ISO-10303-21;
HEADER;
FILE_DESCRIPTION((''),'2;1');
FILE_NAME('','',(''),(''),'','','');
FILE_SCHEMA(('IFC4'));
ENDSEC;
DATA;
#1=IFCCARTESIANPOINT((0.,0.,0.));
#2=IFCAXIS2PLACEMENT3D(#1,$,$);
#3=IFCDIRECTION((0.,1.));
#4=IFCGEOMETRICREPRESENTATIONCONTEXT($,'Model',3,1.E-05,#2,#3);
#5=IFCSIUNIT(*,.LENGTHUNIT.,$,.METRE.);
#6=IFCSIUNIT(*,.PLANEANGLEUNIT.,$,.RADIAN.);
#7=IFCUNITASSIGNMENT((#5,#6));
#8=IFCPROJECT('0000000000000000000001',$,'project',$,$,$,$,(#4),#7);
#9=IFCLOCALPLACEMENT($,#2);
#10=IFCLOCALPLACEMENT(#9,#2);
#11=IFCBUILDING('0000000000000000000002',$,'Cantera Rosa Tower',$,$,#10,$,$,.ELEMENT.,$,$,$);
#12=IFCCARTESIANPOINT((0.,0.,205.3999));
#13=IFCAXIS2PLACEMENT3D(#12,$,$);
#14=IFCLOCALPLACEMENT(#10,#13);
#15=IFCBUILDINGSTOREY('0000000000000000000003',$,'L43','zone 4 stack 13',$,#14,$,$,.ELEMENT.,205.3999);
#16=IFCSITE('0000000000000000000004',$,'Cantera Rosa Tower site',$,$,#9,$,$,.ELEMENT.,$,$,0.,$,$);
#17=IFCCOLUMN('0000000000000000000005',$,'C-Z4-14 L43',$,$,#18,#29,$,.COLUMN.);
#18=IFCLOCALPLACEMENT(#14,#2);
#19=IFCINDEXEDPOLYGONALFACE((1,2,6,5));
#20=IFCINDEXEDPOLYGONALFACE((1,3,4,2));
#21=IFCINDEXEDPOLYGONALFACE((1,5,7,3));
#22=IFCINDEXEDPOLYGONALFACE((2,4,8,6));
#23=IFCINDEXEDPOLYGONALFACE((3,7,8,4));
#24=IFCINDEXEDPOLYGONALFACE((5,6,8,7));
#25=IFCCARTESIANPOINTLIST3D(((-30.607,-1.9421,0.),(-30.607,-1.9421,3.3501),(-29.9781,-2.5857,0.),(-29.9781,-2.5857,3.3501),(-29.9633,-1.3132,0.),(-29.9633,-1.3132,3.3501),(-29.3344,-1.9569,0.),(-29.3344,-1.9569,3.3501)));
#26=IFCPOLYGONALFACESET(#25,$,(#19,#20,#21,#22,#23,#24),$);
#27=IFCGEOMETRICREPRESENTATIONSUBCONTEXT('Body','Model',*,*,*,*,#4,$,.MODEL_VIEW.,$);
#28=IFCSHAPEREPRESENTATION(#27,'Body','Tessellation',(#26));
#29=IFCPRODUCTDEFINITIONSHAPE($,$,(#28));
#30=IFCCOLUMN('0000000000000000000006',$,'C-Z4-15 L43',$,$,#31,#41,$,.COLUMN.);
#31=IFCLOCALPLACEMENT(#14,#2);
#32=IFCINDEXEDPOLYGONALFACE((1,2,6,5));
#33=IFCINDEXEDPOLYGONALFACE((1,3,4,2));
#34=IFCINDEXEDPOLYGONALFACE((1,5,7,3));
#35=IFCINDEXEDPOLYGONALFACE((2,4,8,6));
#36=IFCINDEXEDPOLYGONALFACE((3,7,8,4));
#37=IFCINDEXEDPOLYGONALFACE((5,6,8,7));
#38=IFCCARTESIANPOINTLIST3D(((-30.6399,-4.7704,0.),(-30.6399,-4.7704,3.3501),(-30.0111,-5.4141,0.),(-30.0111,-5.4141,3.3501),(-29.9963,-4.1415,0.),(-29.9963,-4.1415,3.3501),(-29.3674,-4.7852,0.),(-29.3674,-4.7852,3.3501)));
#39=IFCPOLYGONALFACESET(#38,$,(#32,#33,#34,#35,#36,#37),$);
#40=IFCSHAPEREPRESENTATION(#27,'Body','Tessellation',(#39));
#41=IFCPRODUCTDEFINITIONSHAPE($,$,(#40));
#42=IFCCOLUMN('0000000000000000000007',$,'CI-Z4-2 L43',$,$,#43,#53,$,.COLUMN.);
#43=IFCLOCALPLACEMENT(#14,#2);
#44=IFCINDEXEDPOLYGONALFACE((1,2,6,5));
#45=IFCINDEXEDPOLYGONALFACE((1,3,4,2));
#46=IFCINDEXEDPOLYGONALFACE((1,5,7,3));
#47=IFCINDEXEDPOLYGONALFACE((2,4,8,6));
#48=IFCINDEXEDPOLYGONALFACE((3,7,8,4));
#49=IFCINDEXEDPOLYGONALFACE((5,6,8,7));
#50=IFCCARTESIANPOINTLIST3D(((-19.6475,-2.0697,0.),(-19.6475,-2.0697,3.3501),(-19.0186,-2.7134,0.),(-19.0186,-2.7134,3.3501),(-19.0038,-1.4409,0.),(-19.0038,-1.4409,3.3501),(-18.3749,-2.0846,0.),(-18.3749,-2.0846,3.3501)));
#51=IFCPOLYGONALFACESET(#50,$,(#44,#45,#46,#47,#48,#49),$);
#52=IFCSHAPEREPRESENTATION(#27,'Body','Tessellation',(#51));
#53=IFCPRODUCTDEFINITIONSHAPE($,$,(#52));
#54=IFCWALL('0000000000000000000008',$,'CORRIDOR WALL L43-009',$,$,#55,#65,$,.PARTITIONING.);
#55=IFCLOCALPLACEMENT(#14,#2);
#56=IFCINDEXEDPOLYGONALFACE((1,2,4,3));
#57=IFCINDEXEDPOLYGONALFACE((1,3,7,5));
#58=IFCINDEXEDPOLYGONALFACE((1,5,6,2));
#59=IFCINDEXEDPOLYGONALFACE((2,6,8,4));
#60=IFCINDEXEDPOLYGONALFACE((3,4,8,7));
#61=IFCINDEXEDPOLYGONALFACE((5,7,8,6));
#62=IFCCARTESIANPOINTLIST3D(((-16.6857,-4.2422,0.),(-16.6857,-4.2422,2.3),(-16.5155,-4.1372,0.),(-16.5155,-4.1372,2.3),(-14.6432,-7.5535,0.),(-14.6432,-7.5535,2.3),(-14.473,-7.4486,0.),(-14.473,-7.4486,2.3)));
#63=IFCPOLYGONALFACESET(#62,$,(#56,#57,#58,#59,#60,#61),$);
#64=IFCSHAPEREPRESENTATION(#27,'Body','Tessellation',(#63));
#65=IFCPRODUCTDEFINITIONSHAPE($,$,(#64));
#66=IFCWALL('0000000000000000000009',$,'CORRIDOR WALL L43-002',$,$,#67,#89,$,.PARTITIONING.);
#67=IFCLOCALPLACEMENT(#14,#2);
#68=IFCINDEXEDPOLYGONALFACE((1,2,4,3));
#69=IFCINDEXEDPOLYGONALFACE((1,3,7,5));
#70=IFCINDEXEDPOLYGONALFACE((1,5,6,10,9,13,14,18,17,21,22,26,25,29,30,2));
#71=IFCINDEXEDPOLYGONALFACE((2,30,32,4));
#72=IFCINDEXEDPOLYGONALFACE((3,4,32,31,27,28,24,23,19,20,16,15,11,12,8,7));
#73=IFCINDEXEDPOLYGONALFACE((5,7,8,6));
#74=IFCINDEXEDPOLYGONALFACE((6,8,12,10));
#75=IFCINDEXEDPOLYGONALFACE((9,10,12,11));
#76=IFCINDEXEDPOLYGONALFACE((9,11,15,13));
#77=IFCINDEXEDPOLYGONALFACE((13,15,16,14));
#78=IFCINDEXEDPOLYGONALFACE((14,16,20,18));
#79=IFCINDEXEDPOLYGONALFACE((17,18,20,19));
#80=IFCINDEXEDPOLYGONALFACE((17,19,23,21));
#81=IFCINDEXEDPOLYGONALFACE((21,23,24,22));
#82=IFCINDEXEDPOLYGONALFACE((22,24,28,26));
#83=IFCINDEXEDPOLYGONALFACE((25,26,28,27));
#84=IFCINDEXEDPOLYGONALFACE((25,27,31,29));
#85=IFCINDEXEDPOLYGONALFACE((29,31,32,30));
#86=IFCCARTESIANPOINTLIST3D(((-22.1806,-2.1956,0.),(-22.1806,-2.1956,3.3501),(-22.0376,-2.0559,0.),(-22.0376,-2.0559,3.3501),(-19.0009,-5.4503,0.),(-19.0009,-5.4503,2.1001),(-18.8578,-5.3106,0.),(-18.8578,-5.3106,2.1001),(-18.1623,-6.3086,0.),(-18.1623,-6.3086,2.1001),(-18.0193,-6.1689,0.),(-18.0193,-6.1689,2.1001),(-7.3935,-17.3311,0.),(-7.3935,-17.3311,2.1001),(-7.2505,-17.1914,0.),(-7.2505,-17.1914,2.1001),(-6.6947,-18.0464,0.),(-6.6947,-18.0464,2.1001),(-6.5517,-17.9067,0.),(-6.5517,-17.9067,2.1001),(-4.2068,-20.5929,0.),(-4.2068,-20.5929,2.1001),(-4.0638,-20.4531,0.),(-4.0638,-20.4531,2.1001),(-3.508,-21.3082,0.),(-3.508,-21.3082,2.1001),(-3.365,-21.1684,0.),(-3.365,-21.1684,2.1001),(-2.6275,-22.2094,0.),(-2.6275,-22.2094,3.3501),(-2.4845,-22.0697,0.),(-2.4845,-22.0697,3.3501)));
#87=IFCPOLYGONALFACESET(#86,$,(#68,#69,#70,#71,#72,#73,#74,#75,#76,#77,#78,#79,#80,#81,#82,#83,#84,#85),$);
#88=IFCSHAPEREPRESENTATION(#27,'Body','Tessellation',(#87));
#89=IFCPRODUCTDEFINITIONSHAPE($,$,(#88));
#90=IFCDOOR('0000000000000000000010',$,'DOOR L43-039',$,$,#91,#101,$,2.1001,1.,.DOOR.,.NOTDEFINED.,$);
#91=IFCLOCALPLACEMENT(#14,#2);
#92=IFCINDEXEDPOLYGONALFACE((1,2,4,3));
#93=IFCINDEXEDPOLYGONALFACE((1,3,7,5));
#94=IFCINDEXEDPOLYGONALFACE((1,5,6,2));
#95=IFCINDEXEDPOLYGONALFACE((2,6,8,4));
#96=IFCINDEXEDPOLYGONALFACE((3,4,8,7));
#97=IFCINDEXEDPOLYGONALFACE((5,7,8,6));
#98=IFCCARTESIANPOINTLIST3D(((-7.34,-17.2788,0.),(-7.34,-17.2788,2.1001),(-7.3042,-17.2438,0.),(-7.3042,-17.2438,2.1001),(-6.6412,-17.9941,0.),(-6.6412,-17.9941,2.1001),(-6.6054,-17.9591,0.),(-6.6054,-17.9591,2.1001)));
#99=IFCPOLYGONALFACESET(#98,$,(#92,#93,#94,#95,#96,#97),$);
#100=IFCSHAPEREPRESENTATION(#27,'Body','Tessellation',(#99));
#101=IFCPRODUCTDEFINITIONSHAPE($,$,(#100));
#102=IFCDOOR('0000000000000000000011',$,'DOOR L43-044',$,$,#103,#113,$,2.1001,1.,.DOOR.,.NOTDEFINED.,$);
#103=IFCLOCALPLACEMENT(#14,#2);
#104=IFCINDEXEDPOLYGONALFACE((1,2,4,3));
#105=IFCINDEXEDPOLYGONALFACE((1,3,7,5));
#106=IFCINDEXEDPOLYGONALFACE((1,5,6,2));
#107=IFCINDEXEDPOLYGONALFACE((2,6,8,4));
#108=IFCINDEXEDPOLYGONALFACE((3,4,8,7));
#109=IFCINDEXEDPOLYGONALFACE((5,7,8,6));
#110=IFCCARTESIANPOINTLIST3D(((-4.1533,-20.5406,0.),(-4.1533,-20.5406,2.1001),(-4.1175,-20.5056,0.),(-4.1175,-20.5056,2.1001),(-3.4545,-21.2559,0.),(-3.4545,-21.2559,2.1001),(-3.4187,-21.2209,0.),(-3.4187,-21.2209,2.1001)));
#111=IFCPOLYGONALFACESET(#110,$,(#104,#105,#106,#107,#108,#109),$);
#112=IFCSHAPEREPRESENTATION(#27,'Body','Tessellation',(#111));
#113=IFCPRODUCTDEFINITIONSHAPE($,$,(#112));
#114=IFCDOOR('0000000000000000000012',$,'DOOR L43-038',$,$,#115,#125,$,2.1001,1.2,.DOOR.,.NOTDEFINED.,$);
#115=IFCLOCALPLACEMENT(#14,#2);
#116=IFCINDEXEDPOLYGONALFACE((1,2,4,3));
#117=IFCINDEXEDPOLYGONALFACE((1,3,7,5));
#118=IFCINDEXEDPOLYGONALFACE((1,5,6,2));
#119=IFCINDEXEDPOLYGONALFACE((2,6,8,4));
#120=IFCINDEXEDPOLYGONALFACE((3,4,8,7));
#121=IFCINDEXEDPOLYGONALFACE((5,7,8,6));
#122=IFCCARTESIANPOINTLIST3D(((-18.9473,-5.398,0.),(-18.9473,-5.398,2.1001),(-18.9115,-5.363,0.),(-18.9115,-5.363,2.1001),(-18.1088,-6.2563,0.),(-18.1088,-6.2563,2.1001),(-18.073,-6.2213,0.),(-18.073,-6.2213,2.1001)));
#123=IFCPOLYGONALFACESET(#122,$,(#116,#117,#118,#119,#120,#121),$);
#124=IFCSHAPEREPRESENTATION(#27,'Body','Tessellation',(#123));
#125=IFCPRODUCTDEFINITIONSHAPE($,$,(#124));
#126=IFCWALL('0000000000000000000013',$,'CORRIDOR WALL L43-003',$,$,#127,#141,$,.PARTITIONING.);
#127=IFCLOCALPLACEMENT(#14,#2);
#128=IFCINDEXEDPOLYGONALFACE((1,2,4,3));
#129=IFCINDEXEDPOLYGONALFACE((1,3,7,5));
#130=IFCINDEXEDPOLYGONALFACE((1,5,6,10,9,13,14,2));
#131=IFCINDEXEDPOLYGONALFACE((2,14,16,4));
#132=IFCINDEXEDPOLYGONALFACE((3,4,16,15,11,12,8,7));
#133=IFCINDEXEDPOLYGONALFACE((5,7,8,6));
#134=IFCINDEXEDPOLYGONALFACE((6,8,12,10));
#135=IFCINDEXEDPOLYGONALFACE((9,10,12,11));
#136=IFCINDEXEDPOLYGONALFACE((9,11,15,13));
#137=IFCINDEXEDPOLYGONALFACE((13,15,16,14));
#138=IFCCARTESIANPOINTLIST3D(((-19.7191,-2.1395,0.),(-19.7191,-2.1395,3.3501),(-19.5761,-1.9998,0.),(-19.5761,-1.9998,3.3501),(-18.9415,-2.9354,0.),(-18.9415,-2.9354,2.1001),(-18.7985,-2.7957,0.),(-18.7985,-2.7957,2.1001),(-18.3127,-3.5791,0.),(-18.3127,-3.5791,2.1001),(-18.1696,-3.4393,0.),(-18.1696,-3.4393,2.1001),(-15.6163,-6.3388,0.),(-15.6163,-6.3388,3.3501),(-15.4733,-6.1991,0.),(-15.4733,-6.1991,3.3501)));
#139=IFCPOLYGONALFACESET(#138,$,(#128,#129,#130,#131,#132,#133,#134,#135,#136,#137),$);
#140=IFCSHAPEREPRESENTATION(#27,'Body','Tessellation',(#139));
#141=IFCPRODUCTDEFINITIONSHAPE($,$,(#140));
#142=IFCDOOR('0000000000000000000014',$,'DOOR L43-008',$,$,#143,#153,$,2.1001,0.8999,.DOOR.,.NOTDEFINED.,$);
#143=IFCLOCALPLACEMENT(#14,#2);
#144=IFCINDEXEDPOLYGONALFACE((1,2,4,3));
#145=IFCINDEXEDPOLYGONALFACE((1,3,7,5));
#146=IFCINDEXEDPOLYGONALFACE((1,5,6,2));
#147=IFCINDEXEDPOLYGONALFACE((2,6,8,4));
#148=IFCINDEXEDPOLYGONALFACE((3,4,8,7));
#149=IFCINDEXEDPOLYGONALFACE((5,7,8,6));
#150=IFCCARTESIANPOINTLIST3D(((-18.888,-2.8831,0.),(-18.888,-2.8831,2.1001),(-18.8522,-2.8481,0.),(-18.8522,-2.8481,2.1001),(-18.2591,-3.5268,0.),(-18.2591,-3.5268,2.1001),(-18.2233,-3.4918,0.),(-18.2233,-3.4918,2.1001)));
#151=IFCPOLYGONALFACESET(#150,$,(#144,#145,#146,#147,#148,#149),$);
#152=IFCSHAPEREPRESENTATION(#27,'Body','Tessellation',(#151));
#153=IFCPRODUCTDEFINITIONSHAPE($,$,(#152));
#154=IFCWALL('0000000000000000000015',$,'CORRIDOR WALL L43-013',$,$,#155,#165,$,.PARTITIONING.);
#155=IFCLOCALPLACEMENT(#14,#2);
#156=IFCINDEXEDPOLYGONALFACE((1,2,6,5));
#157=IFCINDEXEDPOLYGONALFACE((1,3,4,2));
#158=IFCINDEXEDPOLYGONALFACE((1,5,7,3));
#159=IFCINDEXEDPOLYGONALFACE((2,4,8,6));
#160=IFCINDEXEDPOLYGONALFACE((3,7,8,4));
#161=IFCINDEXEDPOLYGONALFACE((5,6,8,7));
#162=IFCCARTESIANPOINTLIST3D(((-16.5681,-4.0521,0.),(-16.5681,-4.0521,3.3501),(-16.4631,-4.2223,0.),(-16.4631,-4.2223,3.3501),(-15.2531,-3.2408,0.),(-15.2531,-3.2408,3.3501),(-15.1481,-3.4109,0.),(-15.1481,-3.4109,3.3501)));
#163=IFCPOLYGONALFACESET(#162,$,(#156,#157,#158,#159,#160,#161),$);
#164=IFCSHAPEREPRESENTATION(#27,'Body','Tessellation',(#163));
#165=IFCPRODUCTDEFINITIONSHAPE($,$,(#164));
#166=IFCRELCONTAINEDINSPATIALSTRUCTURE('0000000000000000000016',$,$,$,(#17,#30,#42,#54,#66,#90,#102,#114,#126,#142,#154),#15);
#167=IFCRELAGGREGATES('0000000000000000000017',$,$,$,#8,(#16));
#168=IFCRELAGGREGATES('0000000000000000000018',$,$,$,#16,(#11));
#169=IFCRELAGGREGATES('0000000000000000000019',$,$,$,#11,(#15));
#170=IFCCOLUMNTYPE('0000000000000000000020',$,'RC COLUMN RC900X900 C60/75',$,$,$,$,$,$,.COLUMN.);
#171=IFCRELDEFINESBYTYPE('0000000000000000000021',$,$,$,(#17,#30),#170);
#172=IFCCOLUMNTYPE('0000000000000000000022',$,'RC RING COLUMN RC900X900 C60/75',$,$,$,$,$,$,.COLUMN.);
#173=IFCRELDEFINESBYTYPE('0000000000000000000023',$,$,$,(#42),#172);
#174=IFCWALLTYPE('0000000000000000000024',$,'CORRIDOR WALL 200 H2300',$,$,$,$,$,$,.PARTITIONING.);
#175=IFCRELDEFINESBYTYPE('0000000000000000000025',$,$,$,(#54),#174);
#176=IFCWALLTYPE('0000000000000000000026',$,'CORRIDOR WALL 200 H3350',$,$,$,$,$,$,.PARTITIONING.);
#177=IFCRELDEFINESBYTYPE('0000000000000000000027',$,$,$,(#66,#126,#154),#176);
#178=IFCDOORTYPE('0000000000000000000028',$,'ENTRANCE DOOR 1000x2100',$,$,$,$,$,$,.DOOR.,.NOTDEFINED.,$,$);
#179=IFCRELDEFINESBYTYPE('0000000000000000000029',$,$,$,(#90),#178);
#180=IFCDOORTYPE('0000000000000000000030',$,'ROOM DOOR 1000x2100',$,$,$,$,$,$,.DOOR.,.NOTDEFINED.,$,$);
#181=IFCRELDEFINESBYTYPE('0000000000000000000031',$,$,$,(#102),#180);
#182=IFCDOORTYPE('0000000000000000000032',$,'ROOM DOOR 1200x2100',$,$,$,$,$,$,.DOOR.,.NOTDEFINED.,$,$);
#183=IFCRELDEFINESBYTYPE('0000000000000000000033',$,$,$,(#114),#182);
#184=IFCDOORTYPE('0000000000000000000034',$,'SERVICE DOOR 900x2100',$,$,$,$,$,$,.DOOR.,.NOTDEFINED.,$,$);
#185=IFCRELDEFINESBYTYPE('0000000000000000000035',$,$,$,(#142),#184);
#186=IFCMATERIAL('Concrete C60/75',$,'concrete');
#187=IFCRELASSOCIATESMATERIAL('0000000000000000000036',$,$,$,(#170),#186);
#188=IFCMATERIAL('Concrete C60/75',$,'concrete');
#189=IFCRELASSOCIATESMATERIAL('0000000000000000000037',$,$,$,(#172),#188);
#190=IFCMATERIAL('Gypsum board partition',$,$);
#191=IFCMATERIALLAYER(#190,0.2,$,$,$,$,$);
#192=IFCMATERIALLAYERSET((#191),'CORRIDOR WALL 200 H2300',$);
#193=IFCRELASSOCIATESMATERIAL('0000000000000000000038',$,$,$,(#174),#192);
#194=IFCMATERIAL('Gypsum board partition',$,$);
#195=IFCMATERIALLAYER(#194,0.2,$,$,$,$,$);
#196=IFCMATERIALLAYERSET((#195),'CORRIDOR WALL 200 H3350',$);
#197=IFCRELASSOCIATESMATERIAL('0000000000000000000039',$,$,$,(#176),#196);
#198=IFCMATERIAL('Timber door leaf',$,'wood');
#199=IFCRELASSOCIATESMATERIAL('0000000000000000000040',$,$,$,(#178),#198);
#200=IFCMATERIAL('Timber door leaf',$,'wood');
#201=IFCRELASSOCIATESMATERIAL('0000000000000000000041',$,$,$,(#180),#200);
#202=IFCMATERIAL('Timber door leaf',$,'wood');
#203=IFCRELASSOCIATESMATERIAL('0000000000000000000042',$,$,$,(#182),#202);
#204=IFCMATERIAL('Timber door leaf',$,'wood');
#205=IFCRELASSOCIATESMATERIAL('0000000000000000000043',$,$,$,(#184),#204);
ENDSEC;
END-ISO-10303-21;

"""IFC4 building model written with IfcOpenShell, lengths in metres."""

from ifc_helpers import new_model, si_unit, direction, frame, frame_2d, origin, origin_2d, place, context, subcontext, project, spatial, rectangle, extrude, material, layer, layer_set, material_profile, profile_set, type_object, element, fill, save


model = new_model("IFC4")

# Units and contexts
model_context = context("Model", 3, precision=1e-05, world=origin(), true_north=direction((0.0, 1.0)))
body_context = subcontext(model_context, "Body", "Model", "MODEL_VIEW")
ifc_project = project(units=[si_unit("LENGTHUNIT", "METRE"), si_unit("PLANEANGLEUNIT", "RADIAN")], contexts=[model_context])

# Site, building, storey
site_placement = place(None, origin())
site = spatial("IfcSite", under=ifc_project, at=site_placement, Name="Cantera Rosa Tower site", CompositionType="ELEMENT", RefElevation=0.0)
building_placement = place(site_placement, origin())
building = spatial("IfcBuilding", under=site, at=building_placement, Name="Cantera Rosa Tower", CompositionType="ELEMENT")
storey_placement = place(building_placement, frame((0.0, 0.0, 205.3999)))
storey = spatial("IfcBuildingStorey", under=building, at=storey_placement, Name="L43", Description="zone 4 stack 13", CompositionType="ELEMENT", Elevation=205.3999)

# Columns
ifc_material_1 = material(Name="Concrete C60/75", Category="concrete")
ifc_material_profile_1 = material_profile(ifc_material_1, rectangle(XDim=0.8999, YDim=0.8999, at=origin_2d()), Name="RC COLUMN RC900X900 C60/75")
ifc_profile_set_1 = profile_set([ifc_material_profile_1], Name="Concrete C60/75")
column_type_1 = type_object("IfcColumnType", Name="RC COLUMN RC900X900 C60/75", PredefinedType="COLUMN", material=ifc_profile_set_1)
for number, where, z_axis, x_axis, name in (
    (1, (-29.9707, -1.9495, 0.0), (0.0, 0.0, 1.0), (0.715286, 0.698832, 0.0), "C-Z4-14 L43"),
    (2, (-30.0037, -4.7778, 0.0), (0.0, 0.0, 1.0), (0.715286, 0.698832, 0.0), "C-Z4-15 L43"),
):
    element("IfcColumn", number, at=place(storey_placement, frame(where, z_axis=z_axis, x_axis=x_axis)), inside=storey, type_object=column_type_1, Name=name, PredefinedType="COLUMN", context=body_context, shape_type="SweptSolid", body=[
        extrude(rectangle(XDim=0.8999, YDim=0.8999, at=origin_2d()), origin(), (0.0, 0.0, 1.0), 3.3501),
    ])
ifc_material_2 = material(Name="Concrete C60/75", Category="concrete")
ifc_material_profile_2 = material_profile(ifc_material_2, rectangle(XDim=0.8999, YDim=0.8999, at=origin_2d()), Name="RC RING COLUMN RC900X900 C60/75")
ifc_profile_set_2 = profile_set([ifc_material_profile_2], Name="Concrete C60/75")
column_type_2 = type_object("IfcColumnType", Name="RC RING COLUMN RC900X900 C60/75", PredefinedType="COLUMN", material=ifc_profile_set_2)
column_placement = place(storey_placement, frame((-19.0112, -2.0771, 0.0), z_axis=(0.0, 0.0, 1.0), x_axis=(0.715286, 0.698832, 0.0)))
element("IfcColumn", 3, at=column_placement, inside=storey, type_object=column_type_2, Name="CI-Z4-2 L43", PredefinedType="COLUMN", context=body_context, shape_type="SweptSolid", body=[
    extrude(rectangle(XDim=0.8999, YDim=0.8999, at=origin_2d()), origin(), (0.0, 0.0, 1.0), 3.3501),
])

# Wall
ifc_material_3 = material(Name="Gypsum board partition")
ifc_layer_1 = layer(ifc_material_3, 0.2)
ifc_layer_set_1 = layer_set([ifc_layer_1], Name="CORRIDOR WALL 200 H2300")
wall_type_1 = type_object("IfcWallType", Name="CORRIDOR WALL 200 H2300", PredefinedType="PARTITIONING", material=ifc_layer_set_1)
wall_1_placement = place(storey_placement, frame((-16.6006, -4.1897, 0.0), z_axis=(0.0, 0.0, 1.0), x_axis=(0.524986, -0.851111, 0.0)))
element("IfcWall", 4, at=wall_1_placement, inside=storey, type_object=wall_type_1, Name="CORRIDOR WALL L43-009", PredefinedType="PARTITIONING", context=body_context, shape_type="SweptSolid", body=[
    extrude(rectangle(XDim=3.8906, YDim=0.2, at=frame_2d((1.9453, 0.0))), origin(), (0.0, 0.0, 1.0), 2.3),
])

# Wall, openings, doors
ifc_material_4 = material(Name="Gypsum board partition")
ifc_layer_2 = layer(ifc_material_4, 0.2)
ifc_layer_set_2 = layer_set([ifc_layer_2], Name="CORRIDOR WALL 200 H3350")
wall_type_2 = type_object("IfcWallType", Name="CORRIDOR WALL 200 H3350", PredefinedType="PARTITIONING", material=ifc_layer_set_2)
wall_2_placement = place(storey_placement, frame((-22.1091, -2.1257, 0.0), z_axis=(0.0, 0.0, 1.0), x_axis=(0.698826, -0.715291, 0.0)))
wall_2 = element("IfcWall", 5, at=wall_2_placement, inside=storey, type_object=wall_type_2, Name="CORRIDOR WALL L43-002", PredefinedType="PARTITIONING", context=body_context, shape_type="SweptSolid", body=[
    extrude(rectangle(XDim=27.98, YDim=0.2, at=frame_2d((13.99, 0.0))), origin(), (0.0, 0.0, 1.0), 3.3501),
])
opening_1_placement = place(wall_2_placement, frame((4.55, 0.0, 0.0)))
opening_1 = element("IfcOpeningElement", 6, at=opening_1_placement, cuts=wall_2, PredefinedType="OPENING", context=body_context, shape_type="SweptSolid", body=[
    extrude(rectangle(XDim=1.2, YDim=2.1001, at=frame_2d((0.6001, 1.05))), frame((0.0, 0.1099, 0.0), z_axis=(0.0, -1.0, 0.0), x_axis=(1.0, 0.0, 0.0)), (0.0, 0.0, 1.0), 0.22),
])
opening_2_placement = place(wall_2_placement, frame((21.1599, 0.0, 0.0)))
opening_2 = element("IfcOpeningElement", 7, at=opening_2_placement, cuts=wall_2, PredefinedType="OPENING", context=body_context, shape_type="SweptSolid", body=[
    extrude(rectangle(XDim=1.0, YDim=2.1001, at=frame_2d((0.5, 1.05))), frame((0.0, 0.1099, 0.0), z_axis=(0.0, -1.0, 0.0), x_axis=(1.0, 0.0, 0.0)), (0.0, 0.0, 1.0), 0.22),
])
opening_3_placement = place(wall_2_placement, frame((25.72, 0.0, 0.0)))
opening_3 = element("IfcOpeningElement", 8, at=opening_3_placement, cuts=wall_2, PredefinedType="OPENING", context=body_context, shape_type="SweptSolid", body=[
    extrude(rectangle(XDim=1.0, YDim=2.1001, at=frame_2d((0.5, 1.05))), frame((0.0, 0.1099, 0.0), z_axis=(0.0, -1.0, 0.0), x_axis=(1.0, 0.0, 0.0)), (0.0, 0.0, 1.0), 0.22),
])
ifc_material_5 = material(Name="Timber door leaf", Category="wood")
door_type_1 = type_object("IfcDoorType", Name="ENTRANCE DOOR 1000x2100", OperationType="NOTDEFINED", PredefinedType="DOOR", material=ifc_material_5)
door_1_placement = place(opening_2_placement, origin())
door_1 = element("IfcDoor", 9, at=door_1_placement, inside=storey, type_object=door_type_1, Name="DOOR L43-039", OperationType="NOTDEFINED", OverallHeight=2.1001, OverallWidth=1.0, PredefinedType="DOOR", context=body_context, shape_type="SweptSolid", body=[
    extrude(rectangle(XDim=1.0, YDim=2.1001, at=frame_2d((0.5, 1.05))), frame((0.0, 0.0249, 0.0), z_axis=(0.0, -1.0, 0.0), x_axis=(1.0, 0.0, 0.0)), (0.0, 0.0, 1.0), 0.05),
])
fill(opening_2, door_1)
ifc_material_6 = material(Name="Timber door leaf", Category="wood")
door_type_2 = type_object("IfcDoorType", Name="ROOM DOOR 1000x2100", OperationType="NOTDEFINED", PredefinedType="DOOR", material=ifc_material_6)
door_2_placement = place(opening_3_placement, origin())
door_2 = element("IfcDoor", 10, at=door_2_placement, inside=storey, type_object=door_type_2, Name="DOOR L43-044", OperationType="NOTDEFINED", OverallHeight=2.1001, OverallWidth=1.0, PredefinedType="DOOR", context=body_context, shape_type="SweptSolid", body=[
    extrude(rectangle(XDim=1.0, YDim=2.1001, at=frame_2d((0.5, 1.05))), frame((0.0, 0.0249, 0.0), z_axis=(0.0, -1.0, 0.0), x_axis=(1.0, 0.0, 0.0)), (0.0, 0.0, 1.0), 0.05),
])
fill(opening_3, door_2)
ifc_material_7 = material(Name="Timber door leaf", Category="wood")
door_type_3 = type_object("IfcDoorType", Name="ROOM DOOR 1200x2100", OperationType="NOTDEFINED", PredefinedType="DOOR", material=ifc_material_7)
door_3_placement = place(opening_1_placement, origin())
door_3 = element("IfcDoor", 11, at=door_3_placement, inside=storey, type_object=door_type_3, Name="DOOR L43-038", OperationType="NOTDEFINED", OverallHeight=2.1001, OverallWidth=1.2, PredefinedType="DOOR", context=body_context, shape_type="SweptSolid", body=[
    extrude(rectangle(XDim=1.2, YDim=2.1001, at=frame_2d((0.6001, 1.05))), frame((0.0, 0.0249, 0.0), z_axis=(0.0, -1.0, 0.0), x_axis=(1.0, 0.0, 0.0)), (0.0, 0.0, 1.0), 0.05),
])
fill(opening_1, door_3)

# Wall, opening, door
wall_3_placement = place(storey_placement, frame((-19.6477, -2.0696, 0.0), z_axis=(0.0, 0.0, 1.0), x_axis=(0.698846, -0.715272, 0.0)))
wall_3 = element("IfcWall", 12, at=wall_3_placement, inside=storey, type_object=wall_type_2, Name="CORRIDOR WALL L43-003", PredefinedType="PARTITIONING", context=body_context, shape_type="SweptSolid", body=[
    extrude(rectangle(XDim=5.8708, YDim=0.2, at=frame_2d((2.9355, 0.0))), origin(), (0.0, 0.0, 1.0), 3.3501),
])
opening_4_placement = place(wall_3_placement, frame((1.1128, 0.0, 0.0)))
opening_4 = element("IfcOpeningElement", 13, at=opening_4_placement, cuts=wall_3, PredefinedType="OPENING", context=body_context, shape_type="SweptSolid", body=[
    extrude(rectangle(XDim=0.8999, YDim=2.1001, at=frame_2d((0.45, 1.05))), frame((0.0, 0.1099, 0.0), z_axis=(0.0, -1.0, 0.0), x_axis=(1.0, 0.0, 0.0)), (0.0, 0.0, 1.0), 0.22),
])
ifc_material_8 = material(Name="Timber door leaf", Category="wood")
door_type_4 = type_object("IfcDoorType", Name="SERVICE DOOR 900x2100", OperationType="NOTDEFINED", PredefinedType="DOOR", material=ifc_material_8)
door_4_placement = place(opening_4_placement, origin())
door_4 = element("IfcDoor", 14, at=door_4_placement, inside=storey, type_object=door_type_4, Name="DOOR L43-008", OperationType="NOTDEFINED", OverallHeight=2.1001, OverallWidth=0.8999, PredefinedType="DOOR", context=body_context, shape_type="SweptSolid", body=[
    extrude(rectangle(XDim=0.8999, YDim=2.1001, at=frame_2d((0.45, 1.05))), frame((0.0, 0.0249, 0.0), z_axis=(0.0, -1.0, 0.0), x_axis=(1.0, 0.0, 0.0)), (0.0, 0.0, 1.0), 0.05),
])
fill(opening_4, door_4)

# Wall
wall_4_placement = place(storey_placement, frame((-15.2007, -3.3259, 0.0), z_axis=(0.0, 0.0, 1.0), x_axis=(-0.851056, -0.525076, 0.0)))
element("IfcWall", 15, at=wall_4_placement, inside=storey, type_object=wall_type_2, Name="CORRIDOR WALL L43-013", PredefinedType="PARTITIONING", context=body_context, shape_type="SweptSolid", body=[
    extrude(rectangle(XDim=1.5452, YDim=0.2, at=frame_2d((0.7725, 0.0))), origin(), (0.0, 0.0, 1.0), 3.3501),
])

save(model, "model.ifc")
